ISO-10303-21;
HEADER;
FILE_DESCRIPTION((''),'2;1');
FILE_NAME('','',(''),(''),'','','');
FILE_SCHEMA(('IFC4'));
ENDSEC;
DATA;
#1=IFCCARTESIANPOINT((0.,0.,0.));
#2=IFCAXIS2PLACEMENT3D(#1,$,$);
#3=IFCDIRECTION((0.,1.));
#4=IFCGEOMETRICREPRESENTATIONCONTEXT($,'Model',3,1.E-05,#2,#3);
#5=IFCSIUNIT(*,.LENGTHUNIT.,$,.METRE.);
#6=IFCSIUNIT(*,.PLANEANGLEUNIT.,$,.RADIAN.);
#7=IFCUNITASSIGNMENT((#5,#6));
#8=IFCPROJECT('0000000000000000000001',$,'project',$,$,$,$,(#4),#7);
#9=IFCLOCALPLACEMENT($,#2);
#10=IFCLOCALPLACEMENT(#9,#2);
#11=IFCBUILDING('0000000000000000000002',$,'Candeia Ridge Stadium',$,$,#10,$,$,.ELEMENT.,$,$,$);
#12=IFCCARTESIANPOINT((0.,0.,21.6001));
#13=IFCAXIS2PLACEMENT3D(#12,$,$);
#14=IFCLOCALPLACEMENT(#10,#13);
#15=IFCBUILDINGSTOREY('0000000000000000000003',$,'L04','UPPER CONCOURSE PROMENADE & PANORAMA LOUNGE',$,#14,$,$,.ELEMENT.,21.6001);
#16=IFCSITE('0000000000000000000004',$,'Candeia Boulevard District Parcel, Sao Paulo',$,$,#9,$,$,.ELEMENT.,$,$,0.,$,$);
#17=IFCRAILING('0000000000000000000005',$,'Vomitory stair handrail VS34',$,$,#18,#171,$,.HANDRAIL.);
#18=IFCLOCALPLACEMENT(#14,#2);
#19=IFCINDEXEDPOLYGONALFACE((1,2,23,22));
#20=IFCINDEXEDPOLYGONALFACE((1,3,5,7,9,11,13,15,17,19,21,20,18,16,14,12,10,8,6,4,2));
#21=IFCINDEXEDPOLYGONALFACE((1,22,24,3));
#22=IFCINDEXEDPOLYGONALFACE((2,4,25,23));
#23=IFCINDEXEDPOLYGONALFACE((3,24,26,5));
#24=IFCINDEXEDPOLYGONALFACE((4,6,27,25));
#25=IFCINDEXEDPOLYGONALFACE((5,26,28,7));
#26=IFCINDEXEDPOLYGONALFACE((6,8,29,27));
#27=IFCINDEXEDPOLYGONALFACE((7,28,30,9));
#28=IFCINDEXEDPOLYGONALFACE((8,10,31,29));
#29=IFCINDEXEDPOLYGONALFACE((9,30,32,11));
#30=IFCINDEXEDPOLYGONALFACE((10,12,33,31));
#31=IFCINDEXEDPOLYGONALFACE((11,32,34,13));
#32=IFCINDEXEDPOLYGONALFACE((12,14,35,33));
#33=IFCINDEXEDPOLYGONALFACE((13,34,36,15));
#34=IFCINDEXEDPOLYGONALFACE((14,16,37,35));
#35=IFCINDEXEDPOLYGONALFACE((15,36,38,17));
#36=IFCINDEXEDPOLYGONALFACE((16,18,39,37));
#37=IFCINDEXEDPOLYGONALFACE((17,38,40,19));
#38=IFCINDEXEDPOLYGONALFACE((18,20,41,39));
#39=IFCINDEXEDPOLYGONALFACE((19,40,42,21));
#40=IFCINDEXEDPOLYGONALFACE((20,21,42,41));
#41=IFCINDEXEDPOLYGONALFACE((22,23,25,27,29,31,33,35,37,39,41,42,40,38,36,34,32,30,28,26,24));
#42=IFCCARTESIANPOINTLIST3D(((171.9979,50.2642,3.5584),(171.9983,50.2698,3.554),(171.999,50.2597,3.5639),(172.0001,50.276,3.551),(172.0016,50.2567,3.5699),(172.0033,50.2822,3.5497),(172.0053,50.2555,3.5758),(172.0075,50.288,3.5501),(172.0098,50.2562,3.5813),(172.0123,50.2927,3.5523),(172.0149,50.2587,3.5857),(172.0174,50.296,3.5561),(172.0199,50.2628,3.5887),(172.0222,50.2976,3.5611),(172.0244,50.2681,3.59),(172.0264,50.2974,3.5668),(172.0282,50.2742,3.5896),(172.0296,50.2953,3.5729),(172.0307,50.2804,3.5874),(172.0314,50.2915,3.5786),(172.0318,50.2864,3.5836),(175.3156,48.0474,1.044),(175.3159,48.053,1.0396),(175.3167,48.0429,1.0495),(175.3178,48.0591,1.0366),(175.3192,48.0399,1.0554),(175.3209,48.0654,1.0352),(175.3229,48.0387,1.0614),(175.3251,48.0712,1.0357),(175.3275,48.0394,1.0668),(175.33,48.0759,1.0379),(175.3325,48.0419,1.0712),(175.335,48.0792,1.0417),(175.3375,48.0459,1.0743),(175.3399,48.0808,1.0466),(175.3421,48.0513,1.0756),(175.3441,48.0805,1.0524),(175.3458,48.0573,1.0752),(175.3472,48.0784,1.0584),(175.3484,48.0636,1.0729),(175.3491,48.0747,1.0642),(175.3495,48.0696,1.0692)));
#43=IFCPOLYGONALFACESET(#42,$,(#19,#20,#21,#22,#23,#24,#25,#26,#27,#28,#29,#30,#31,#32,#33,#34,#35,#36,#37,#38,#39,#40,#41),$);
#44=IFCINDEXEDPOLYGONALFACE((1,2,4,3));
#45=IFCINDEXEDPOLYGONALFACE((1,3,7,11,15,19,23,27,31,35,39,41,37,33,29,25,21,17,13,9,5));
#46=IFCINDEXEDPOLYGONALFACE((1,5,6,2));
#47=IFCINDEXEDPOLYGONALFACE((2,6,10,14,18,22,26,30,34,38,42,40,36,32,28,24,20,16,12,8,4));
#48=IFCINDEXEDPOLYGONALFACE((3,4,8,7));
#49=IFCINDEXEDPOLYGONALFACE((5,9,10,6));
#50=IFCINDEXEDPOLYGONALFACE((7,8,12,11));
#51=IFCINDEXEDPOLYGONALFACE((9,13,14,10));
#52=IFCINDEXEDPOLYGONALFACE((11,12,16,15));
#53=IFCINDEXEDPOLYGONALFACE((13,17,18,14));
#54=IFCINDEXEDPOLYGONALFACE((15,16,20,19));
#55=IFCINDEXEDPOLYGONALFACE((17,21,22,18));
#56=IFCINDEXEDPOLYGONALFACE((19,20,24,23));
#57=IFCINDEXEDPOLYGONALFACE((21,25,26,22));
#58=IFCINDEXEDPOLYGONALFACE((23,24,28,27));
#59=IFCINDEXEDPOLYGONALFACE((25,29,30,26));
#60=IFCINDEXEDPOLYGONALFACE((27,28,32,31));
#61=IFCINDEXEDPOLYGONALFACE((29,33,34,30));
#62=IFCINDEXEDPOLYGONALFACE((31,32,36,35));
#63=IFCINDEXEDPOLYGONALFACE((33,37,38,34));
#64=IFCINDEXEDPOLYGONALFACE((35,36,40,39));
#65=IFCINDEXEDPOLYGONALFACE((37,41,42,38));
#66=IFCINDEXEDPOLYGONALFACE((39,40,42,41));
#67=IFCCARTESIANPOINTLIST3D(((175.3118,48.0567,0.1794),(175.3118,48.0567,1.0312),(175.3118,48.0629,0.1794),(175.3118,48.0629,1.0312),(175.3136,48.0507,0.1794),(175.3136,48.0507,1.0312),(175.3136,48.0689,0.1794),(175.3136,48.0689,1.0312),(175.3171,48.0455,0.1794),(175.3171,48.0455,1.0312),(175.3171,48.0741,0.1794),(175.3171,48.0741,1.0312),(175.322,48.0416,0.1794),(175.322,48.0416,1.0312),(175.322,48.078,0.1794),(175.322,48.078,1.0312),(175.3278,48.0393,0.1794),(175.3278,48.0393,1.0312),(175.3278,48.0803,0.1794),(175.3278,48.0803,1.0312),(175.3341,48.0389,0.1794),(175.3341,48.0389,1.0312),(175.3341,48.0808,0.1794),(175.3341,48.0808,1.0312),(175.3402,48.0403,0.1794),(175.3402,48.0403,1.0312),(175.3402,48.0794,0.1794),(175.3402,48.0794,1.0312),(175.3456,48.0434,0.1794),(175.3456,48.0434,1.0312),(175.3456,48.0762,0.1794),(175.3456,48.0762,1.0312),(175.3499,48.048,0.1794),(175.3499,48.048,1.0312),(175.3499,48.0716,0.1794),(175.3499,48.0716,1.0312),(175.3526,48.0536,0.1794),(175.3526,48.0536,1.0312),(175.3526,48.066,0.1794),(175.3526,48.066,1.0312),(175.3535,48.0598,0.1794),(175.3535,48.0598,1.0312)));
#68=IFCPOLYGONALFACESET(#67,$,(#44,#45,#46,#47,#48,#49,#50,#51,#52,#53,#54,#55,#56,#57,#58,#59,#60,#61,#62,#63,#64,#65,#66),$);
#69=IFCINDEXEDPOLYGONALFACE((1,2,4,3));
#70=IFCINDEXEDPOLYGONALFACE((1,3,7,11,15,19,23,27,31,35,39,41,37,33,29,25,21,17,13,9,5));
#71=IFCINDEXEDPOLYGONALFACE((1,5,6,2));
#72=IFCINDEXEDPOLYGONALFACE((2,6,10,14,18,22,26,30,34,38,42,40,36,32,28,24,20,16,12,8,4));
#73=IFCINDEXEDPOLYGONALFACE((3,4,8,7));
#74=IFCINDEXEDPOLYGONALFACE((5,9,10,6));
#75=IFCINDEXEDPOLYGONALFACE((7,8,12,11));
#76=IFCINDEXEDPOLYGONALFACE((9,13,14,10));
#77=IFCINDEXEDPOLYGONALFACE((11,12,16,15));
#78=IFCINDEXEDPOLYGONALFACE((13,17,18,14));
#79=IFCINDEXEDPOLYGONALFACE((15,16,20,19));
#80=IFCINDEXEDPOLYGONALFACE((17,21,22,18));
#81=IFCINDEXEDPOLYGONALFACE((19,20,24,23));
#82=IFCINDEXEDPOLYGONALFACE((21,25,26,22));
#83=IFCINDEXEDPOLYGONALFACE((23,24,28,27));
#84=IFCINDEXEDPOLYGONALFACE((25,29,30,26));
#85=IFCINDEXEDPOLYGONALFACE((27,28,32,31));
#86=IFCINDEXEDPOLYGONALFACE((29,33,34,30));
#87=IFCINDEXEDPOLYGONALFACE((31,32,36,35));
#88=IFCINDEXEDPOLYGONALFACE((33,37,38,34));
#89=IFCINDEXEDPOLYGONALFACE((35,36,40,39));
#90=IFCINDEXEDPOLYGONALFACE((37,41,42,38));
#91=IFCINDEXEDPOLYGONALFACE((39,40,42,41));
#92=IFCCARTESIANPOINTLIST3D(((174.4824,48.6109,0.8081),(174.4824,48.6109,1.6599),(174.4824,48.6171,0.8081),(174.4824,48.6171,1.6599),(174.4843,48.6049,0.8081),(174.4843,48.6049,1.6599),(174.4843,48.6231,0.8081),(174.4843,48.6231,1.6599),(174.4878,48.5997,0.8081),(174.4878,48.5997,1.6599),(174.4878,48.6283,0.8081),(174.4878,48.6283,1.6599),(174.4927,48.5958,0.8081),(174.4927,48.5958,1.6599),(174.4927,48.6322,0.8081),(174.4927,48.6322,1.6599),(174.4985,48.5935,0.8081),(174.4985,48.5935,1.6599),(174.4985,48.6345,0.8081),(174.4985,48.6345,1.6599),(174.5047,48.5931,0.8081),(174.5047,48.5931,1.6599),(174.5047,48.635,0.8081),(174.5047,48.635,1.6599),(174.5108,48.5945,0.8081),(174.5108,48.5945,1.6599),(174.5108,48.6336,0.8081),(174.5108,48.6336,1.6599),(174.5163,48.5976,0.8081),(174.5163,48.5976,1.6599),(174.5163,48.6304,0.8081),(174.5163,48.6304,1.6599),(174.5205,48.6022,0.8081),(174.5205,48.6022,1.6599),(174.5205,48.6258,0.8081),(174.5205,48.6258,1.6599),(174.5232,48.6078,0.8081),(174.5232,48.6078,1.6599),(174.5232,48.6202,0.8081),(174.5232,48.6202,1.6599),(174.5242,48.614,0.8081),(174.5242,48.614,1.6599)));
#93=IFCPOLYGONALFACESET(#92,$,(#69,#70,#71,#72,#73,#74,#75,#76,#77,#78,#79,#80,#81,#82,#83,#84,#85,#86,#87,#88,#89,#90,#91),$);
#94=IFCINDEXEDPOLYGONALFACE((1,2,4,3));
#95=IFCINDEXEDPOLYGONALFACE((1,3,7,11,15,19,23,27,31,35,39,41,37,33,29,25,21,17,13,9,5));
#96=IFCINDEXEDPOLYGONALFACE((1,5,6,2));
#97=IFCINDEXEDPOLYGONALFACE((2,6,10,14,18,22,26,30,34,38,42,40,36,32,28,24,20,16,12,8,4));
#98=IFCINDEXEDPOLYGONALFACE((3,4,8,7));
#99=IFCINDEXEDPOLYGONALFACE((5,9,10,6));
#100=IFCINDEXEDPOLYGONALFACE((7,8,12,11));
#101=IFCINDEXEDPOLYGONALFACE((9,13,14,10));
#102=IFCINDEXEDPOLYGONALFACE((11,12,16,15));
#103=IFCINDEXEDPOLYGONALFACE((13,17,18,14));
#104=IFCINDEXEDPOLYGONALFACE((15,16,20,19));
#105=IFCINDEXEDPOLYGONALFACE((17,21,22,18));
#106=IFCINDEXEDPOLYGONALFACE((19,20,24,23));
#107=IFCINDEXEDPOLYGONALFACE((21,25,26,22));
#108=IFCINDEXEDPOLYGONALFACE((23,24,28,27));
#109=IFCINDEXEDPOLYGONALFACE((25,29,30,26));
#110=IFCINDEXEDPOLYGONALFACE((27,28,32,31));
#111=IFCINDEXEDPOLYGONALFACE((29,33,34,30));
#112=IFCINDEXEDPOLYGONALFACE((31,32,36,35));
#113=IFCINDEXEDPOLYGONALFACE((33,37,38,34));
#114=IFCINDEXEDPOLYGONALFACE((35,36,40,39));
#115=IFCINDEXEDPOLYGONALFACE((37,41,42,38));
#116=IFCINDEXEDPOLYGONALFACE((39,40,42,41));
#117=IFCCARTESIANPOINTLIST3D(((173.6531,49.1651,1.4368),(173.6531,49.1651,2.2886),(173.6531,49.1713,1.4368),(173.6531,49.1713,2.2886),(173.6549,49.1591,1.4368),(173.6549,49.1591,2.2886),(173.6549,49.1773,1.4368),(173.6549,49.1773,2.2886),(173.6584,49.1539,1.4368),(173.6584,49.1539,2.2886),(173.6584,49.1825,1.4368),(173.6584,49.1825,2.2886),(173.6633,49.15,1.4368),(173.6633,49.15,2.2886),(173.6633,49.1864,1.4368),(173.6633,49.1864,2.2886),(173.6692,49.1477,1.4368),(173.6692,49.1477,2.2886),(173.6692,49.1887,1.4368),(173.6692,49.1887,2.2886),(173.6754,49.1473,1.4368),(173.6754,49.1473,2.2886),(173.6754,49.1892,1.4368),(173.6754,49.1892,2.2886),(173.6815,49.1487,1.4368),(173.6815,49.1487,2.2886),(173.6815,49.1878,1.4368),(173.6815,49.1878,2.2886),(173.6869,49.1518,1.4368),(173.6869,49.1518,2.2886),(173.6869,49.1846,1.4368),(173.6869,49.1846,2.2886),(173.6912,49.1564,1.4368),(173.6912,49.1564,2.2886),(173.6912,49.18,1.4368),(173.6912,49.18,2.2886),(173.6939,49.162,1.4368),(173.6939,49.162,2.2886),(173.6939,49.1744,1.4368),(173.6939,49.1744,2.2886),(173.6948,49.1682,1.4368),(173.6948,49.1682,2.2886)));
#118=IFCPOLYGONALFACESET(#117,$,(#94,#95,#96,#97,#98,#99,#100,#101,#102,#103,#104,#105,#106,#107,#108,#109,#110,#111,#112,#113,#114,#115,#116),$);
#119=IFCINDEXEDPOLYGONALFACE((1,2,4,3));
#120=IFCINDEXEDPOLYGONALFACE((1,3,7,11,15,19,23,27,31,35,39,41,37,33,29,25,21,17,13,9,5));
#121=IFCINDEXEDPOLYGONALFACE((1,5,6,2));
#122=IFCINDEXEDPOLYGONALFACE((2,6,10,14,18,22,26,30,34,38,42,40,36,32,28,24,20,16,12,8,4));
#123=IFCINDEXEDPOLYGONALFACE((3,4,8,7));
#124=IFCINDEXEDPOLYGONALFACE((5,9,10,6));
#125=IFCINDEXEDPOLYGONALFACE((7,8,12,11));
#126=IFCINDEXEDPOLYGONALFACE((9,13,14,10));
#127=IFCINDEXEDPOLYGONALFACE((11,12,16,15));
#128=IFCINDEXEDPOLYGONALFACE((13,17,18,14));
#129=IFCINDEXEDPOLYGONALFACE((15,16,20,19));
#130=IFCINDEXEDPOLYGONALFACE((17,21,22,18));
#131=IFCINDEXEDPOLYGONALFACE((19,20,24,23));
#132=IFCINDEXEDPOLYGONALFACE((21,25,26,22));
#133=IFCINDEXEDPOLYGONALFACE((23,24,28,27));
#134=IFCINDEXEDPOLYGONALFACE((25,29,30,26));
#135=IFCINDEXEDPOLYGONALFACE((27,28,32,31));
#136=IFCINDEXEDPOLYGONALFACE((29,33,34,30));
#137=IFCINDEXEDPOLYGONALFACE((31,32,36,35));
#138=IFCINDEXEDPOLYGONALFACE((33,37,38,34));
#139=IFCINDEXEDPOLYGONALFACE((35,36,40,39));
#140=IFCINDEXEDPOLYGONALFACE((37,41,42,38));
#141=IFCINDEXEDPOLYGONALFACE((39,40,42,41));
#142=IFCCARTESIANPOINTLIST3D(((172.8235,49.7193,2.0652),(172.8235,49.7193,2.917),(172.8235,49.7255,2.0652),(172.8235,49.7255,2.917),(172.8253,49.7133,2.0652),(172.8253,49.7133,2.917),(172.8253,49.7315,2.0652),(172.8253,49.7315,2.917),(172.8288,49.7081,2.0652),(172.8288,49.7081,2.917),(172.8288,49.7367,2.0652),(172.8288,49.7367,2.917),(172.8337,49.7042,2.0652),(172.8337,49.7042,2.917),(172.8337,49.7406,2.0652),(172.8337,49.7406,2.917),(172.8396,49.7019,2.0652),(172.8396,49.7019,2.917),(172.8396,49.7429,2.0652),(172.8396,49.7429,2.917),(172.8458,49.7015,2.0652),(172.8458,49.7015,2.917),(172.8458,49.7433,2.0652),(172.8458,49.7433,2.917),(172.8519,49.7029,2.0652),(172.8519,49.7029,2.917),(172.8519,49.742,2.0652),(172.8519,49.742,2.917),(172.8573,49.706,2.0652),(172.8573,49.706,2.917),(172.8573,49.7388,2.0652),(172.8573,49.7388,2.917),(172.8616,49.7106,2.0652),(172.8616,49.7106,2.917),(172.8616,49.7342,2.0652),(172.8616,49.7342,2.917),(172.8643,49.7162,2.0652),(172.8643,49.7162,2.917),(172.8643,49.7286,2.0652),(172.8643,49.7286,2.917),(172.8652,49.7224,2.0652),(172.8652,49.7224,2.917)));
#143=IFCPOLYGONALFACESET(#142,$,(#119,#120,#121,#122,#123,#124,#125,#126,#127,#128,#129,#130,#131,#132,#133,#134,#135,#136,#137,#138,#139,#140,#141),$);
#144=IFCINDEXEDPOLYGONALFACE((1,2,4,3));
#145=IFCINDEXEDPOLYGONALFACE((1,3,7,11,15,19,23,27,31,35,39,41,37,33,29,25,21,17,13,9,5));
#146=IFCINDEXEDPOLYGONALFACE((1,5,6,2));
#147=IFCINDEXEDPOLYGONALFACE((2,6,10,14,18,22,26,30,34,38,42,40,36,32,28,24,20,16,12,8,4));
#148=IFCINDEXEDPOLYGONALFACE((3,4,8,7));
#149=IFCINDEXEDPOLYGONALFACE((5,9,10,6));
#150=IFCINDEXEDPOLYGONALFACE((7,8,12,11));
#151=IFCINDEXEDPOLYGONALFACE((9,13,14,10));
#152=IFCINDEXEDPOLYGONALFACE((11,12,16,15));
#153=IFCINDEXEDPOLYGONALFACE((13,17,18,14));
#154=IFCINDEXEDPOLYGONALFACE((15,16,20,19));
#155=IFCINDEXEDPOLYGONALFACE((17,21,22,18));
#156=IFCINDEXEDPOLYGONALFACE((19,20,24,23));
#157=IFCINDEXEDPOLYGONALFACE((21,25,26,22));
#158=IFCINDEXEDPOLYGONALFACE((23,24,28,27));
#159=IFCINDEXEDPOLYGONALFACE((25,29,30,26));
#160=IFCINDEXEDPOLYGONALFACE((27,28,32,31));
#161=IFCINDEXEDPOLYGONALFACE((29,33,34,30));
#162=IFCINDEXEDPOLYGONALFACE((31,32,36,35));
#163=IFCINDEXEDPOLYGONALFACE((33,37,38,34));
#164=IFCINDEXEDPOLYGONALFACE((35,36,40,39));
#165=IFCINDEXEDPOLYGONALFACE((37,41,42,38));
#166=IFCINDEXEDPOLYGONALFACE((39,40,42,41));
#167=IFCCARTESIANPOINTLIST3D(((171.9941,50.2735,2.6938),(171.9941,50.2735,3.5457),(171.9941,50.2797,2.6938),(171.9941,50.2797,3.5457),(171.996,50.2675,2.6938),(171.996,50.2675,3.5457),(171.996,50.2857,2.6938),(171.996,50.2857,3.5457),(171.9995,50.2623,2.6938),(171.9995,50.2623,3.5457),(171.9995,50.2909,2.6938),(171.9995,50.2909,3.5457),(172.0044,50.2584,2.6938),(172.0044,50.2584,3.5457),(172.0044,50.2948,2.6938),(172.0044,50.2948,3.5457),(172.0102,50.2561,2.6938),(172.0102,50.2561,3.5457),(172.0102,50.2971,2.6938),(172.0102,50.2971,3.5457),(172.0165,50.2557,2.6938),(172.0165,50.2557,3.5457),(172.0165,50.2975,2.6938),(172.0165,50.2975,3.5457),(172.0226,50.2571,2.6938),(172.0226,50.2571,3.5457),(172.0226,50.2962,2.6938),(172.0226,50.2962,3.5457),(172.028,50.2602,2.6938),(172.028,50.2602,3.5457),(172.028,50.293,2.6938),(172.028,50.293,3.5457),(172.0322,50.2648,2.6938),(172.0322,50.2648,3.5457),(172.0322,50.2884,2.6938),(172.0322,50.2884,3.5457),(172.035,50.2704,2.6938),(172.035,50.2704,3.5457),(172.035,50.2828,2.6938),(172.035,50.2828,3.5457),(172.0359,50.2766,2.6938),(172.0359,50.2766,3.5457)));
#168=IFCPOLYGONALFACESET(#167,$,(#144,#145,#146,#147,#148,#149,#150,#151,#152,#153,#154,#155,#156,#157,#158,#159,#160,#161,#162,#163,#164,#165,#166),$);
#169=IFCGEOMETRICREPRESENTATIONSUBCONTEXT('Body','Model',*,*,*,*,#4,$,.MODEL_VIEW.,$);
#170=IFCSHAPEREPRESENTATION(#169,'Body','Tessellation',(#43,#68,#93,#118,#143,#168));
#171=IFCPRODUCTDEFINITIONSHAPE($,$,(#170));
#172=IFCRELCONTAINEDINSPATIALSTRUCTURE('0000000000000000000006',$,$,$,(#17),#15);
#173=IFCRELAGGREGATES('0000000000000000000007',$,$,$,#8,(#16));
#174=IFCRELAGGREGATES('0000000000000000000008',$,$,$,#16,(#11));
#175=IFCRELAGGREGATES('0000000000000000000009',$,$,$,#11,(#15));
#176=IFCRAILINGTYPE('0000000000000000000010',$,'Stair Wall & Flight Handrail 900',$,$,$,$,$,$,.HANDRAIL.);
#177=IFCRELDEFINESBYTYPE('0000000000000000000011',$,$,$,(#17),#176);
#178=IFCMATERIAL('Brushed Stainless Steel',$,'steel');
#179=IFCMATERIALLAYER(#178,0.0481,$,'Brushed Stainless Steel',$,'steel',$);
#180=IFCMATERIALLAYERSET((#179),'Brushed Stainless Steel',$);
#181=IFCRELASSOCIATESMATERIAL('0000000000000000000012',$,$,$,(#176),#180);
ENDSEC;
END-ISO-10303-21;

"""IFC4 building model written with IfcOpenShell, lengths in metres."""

from ifc_helpers import new_model, si_unit, direction, frame, origin, origin_2d, place, context, subcontext, project, spatial, circle, extrude, material, layer, layer_set, type_object, element, save


model = new_model("IFC4")

# Units and contexts
model_context = context("Model", 3, precision=1e-05, world=origin(), true_north=direction((0.0, 1.0)))
body_context = subcontext(model_context, "Body", "Model", "MODEL_VIEW")
ifc_project = project(units=[si_unit("LENGTHUNIT", "METRE"), si_unit("PLANEANGLEUNIT", "RADIAN")], contexts=[model_context])

# Site, building, storey
site_placement = place(None, origin())
site = spatial("IfcSite", under=ifc_project, at=site_placement, Name="Candeia Boulevard District Parcel, Sao Paulo", CompositionType="ELEMENT", RefElevation=0.0)
building_placement = place(site_placement, origin())
building = spatial("IfcBuilding", under=site, at=building_placement, Name="Candeia Ridge Stadium", CompositionType="ELEMENT")
storey_placement = place(building_placement, frame((0.0, 0.0, 21.6001)))
storey = spatial("IfcBuildingStorey", under=building, at=storey_placement, Name="L04", Description="UPPER CONCOURSE PROMENADE & PANORAMA LOUNGE", CompositionType="ELEMENT", Elevation=21.6001)

# Railing
ifc_material_1 = material(Name="Brushed Stainless Steel", Category="steel")
ifc_layer_1 = layer(ifc_material_1, 0.0481, Name="Brushed Stainless Steel", Category="steel")
ifc_layer_set_1 = layer_set([ifc_layer_1], Name="Brushed Stainless Steel")
railing_type_1 = type_object("IfcRailingType", Name="Stair Wall & Flight Handrail 900", PredefinedType="HANDRAIL", material=ifc_layer_set_1)
railing_1_placement = place(storey_placement, frame((175.3325, 48.0598, 0.1794)))
element("IfcRailing", 1, at=railing_1_placement, inside=storey, type_object=railing_type_1, Name="Vomitory stair handrail VS34", PredefinedType="HANDRAIL", context=body_context, shape_type="SweptSolid", body=[
    extrude(circle(Radius=0.0239, at=origin_2d()), frame((0.0, 0.0, 0.876), z_axis=(-0.703445, 0.470033, 0.533136), x_axis=(-0.555575, -0.831466, 0.0)), (0.0, 0.0, 1.0), 4.7163),
    extrude(circle(Radius=0.021, at=origin_2d()), origin(), (0.0, 0.0, 1.0), 0.8518),
    extrude(circle(Radius=0.021, at=origin_2d()), frame((-0.8293, 0.5542, 0.6287)), (0.0, 0.0, 1.0), 0.8518),
    extrude(circle(Radius=0.021, at=origin_2d()), frame((-1.6587, 1.1084, 1.2573)), (0.0, 0.0, 1.0), 0.8518),
    extrude(circle(Radius=0.021, at=origin_2d()), frame((-2.4883, 1.6626, 1.8857)), (0.0, 0.0, 1.0), 0.8518),
    extrude(circle(Radius=0.021, at=origin_2d()), frame((-3.3176, 2.2168, 2.5144)), (0.0, 0.0, 1.0), 0.8518),
])

save(model, "model.ifc")
